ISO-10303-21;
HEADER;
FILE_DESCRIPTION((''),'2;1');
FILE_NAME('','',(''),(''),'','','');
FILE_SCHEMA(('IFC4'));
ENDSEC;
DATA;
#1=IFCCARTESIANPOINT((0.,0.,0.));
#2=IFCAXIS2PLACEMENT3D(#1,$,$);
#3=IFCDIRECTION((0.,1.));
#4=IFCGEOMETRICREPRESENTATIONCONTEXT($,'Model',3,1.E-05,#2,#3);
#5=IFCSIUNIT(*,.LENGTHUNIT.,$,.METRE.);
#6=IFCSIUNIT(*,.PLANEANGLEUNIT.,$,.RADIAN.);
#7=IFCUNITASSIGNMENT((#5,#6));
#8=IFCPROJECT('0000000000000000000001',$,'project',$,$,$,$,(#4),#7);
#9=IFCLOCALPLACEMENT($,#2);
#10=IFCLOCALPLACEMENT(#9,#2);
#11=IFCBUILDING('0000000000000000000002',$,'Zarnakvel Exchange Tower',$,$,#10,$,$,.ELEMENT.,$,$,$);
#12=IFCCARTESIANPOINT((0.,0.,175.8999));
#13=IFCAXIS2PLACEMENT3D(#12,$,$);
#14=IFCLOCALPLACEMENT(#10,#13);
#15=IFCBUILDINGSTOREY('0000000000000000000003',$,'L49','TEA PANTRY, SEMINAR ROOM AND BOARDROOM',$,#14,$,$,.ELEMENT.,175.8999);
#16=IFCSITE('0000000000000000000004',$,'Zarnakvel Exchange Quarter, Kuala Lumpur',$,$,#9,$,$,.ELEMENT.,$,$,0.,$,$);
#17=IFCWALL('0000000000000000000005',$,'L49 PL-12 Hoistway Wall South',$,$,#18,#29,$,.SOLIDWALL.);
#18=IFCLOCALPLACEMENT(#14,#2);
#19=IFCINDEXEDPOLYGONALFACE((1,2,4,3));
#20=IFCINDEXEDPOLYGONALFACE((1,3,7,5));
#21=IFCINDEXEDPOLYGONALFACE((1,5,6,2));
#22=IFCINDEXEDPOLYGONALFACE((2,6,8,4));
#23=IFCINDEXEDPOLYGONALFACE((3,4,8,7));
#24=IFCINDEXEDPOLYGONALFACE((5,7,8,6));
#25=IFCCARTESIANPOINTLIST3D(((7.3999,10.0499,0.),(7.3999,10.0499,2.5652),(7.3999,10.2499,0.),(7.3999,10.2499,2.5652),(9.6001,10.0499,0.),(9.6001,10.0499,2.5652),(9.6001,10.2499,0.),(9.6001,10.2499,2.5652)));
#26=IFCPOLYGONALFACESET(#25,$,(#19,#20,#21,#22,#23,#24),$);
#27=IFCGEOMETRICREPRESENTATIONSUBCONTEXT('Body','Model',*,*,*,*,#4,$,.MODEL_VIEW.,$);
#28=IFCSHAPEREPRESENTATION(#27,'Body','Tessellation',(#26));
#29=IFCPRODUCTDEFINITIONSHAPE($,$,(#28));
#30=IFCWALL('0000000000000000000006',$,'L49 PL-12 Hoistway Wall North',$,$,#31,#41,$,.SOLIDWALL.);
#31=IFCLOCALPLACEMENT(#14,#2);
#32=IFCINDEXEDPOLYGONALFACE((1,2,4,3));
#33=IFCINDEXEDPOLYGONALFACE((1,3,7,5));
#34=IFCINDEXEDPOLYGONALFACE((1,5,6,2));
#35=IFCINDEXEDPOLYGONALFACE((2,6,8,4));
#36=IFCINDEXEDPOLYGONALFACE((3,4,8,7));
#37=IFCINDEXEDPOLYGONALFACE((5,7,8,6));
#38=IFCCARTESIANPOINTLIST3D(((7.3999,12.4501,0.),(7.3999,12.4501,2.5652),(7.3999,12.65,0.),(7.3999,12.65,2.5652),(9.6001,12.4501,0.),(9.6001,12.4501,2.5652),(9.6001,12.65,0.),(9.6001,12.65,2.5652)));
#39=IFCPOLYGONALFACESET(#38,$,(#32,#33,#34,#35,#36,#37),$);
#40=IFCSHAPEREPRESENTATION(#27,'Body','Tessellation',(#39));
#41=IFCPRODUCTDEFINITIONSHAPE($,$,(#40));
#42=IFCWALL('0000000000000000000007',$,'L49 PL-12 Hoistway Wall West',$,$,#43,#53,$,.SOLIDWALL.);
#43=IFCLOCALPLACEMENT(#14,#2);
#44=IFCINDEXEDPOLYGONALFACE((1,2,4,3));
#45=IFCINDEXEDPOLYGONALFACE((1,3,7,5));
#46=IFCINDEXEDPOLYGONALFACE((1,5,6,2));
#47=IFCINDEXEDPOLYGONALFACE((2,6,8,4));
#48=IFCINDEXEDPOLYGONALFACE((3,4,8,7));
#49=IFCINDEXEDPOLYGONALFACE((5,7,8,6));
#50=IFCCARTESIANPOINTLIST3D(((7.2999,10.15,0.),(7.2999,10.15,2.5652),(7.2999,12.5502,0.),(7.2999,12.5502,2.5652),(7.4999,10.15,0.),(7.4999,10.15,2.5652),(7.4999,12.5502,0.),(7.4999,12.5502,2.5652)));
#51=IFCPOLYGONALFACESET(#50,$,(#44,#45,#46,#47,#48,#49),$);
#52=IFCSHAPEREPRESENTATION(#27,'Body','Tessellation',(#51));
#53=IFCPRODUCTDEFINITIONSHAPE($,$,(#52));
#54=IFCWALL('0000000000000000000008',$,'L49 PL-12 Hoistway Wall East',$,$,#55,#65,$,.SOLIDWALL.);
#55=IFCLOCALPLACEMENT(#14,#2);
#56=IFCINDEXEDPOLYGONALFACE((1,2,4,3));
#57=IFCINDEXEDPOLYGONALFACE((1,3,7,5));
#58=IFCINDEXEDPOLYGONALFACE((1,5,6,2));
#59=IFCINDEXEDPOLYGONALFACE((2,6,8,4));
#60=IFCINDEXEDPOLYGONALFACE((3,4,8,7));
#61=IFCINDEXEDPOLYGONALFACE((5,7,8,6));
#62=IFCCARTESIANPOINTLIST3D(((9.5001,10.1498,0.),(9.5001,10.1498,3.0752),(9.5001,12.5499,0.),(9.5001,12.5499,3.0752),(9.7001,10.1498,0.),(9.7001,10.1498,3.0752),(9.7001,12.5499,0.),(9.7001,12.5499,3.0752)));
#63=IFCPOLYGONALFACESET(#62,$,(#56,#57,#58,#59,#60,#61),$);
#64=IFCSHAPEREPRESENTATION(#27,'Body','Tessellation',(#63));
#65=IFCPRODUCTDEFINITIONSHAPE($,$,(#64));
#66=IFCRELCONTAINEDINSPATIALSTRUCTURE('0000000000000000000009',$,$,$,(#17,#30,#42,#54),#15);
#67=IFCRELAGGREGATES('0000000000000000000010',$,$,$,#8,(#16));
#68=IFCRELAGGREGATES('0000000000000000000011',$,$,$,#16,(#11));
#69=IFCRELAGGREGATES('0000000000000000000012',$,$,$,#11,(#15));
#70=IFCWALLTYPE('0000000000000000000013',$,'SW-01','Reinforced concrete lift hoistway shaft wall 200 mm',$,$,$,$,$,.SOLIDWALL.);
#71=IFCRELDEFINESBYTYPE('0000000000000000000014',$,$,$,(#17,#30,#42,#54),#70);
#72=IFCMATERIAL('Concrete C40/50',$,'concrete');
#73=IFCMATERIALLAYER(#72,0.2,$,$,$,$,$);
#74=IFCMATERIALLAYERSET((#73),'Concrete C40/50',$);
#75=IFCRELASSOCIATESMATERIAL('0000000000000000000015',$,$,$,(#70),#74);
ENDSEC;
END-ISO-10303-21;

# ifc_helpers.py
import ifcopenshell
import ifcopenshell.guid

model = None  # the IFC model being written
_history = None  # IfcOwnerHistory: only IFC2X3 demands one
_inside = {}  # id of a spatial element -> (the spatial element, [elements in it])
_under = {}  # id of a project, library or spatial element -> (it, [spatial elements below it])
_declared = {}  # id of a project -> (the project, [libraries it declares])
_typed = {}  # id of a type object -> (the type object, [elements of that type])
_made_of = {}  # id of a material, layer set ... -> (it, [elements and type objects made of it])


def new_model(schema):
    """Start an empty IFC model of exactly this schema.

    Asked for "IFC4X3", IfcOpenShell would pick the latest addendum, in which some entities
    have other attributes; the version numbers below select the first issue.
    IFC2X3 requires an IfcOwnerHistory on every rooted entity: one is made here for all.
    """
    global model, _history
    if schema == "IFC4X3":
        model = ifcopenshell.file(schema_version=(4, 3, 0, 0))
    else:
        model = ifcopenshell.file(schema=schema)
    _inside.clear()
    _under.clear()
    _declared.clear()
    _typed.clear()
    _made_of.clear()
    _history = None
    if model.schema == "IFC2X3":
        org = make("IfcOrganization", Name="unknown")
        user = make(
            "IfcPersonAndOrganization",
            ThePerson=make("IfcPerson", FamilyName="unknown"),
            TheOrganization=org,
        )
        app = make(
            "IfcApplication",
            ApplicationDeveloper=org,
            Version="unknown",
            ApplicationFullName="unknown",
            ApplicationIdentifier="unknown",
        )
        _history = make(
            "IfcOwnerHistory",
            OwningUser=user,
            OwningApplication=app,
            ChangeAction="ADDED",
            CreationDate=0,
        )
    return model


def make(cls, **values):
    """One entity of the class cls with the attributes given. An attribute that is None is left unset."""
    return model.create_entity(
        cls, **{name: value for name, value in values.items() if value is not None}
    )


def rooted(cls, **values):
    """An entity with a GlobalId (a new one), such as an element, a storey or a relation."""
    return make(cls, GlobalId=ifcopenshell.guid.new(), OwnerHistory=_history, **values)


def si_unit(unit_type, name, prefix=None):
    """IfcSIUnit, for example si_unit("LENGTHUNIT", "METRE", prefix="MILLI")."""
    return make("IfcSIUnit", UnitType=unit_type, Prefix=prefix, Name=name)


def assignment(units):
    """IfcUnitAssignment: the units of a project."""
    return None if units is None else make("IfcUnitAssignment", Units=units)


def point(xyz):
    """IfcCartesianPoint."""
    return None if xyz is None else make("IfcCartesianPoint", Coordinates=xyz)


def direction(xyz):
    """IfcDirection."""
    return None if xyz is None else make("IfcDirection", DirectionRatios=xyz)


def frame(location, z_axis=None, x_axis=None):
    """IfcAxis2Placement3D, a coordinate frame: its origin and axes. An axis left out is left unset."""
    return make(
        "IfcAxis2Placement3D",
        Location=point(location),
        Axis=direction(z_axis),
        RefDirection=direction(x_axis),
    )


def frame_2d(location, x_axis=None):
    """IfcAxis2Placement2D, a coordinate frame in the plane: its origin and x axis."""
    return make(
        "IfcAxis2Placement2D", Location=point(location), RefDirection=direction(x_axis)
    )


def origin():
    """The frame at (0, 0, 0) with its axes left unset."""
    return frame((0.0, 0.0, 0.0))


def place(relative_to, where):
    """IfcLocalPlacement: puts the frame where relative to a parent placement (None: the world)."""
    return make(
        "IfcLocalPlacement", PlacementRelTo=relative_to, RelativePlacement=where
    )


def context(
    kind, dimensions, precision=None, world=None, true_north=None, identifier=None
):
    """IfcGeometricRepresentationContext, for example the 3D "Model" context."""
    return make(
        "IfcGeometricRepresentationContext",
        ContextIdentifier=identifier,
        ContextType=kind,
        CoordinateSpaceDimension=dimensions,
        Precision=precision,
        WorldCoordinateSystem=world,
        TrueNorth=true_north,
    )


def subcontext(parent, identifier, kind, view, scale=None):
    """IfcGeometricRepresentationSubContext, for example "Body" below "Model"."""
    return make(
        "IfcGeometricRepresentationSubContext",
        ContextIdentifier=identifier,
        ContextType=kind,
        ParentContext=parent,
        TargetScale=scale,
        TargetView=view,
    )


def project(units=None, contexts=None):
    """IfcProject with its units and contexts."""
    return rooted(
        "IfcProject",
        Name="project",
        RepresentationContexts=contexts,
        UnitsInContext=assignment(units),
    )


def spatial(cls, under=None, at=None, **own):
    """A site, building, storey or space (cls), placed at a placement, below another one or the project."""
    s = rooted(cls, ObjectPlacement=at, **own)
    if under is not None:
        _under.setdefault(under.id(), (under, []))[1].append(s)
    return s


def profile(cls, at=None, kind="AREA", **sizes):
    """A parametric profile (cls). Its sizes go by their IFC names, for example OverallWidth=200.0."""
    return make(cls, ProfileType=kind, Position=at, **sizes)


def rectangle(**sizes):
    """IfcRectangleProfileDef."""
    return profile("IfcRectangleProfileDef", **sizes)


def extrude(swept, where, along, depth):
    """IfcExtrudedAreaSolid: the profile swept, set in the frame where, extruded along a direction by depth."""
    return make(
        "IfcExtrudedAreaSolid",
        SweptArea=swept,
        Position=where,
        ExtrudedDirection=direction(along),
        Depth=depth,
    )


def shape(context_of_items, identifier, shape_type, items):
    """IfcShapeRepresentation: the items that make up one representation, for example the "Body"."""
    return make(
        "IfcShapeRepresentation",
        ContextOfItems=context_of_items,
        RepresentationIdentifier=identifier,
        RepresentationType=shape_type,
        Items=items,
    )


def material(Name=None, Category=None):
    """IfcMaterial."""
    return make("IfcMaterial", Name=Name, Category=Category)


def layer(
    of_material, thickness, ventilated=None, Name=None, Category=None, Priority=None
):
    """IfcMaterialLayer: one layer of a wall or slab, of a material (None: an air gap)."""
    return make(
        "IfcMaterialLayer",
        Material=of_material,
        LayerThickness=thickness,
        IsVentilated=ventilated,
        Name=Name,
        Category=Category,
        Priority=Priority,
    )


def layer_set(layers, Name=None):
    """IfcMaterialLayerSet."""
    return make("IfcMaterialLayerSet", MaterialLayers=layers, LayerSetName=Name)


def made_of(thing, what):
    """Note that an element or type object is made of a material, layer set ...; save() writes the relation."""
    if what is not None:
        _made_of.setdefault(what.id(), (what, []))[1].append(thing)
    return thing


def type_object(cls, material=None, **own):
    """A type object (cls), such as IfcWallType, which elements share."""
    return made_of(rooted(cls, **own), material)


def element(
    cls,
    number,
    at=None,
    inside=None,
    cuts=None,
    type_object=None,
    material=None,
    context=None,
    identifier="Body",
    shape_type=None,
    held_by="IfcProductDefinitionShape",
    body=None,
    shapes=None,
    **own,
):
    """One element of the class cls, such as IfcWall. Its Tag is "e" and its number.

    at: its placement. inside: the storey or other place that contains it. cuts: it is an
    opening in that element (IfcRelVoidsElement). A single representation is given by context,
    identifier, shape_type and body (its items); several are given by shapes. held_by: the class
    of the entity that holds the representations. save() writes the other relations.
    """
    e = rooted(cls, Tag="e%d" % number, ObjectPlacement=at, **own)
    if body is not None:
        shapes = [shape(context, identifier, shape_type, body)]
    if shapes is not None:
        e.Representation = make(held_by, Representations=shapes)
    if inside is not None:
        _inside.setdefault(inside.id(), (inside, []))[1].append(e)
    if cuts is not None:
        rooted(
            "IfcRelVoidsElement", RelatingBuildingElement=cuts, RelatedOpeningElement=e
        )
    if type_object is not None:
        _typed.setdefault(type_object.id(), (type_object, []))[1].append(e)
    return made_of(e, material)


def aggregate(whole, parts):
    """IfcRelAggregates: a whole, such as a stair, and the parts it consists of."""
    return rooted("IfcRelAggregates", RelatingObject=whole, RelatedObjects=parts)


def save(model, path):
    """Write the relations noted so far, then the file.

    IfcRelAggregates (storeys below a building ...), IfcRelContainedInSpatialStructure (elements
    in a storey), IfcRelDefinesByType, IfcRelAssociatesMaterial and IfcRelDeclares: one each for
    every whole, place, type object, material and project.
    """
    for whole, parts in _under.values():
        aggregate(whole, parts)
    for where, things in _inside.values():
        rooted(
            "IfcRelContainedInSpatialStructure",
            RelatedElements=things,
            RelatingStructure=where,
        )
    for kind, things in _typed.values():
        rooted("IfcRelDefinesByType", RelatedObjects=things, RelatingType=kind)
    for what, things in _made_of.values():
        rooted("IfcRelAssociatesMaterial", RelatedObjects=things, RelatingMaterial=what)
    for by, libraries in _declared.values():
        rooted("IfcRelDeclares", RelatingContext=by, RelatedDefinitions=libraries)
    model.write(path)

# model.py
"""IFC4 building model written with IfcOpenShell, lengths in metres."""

from ifc_helpers import new_model, si_unit, direction, frame, frame_2d, origin, place, context, subcontext, project, spatial, rectangle, extrude, material, layer, layer_set, type_object, element, save


model = new_model("IFC4")

# Units and contexts
model_context = context("Model", 3, precision=1e-05, world=origin(), true_north=direction((0.0, 1.0)))
body_context = subcontext(model_context, "Body", "Model", "MODEL_VIEW")
ifc_project = project(units=[si_unit("LENGTHUNIT", "METRE"), si_unit("PLANEANGLEUNIT", "RADIAN")], contexts=[model_context])

# Site, building, storey
site_placement = place(None, origin())
site = spatial("IfcSite", under=ifc_project, at=site_placement, Name="Zarnakvel Exchange Quarter, Kuala Lumpur", CompositionType="ELEMENT", RefElevation=0.0)
building_placement = place(site_placement, origin())
building = spatial("IfcBuilding", under=site, at=building_placement, Name="Zarnakvel Exchange Tower", CompositionType="ELEMENT")
storey_placement = place(building_placement, frame((0.0, 0.0, 175.8999)))
storey = spatial("IfcBuildingStorey", under=building, at=storey_placement, Name="L49", Description="TEA PANTRY, SEMINAR ROOM AND BOARDROOM", CompositionType="ELEMENT", Elevation=175.8999)

# Walls
ifc_material_1 = material(Name="Concrete C40/50", Category="concrete")
ifc_layer_1 = layer(ifc_material_1, 0.2)
ifc_layer_set_1 = layer_set([ifc_layer_1], Name="Concrete C40/50")
wall_type_1 = type_object("IfcWallType", Name="SW-01", Description="Reinforced concrete lift hoistway shaft wall 200 mm", PredefinedType="SOLIDWALL", material=ifc_layer_set_1)
for number, where, z_axis, x_axis, name in (
    (1, (9.6001, 10.1499, 0.0), (0.0, 0.0, 1.0), (-1.0, 0.0, 0.0), "L49 PL-12 Hoistway Wall South"),
    (2, (7.3999, 12.55, 0.0), (0.0, 0.0, 1.0), (1.0, 0.0, 0.0), "L49 PL-12 Hoistway Wall North"),
):
    element("IfcWall", number, at=place(storey_placement, frame(where, z_axis=z_axis, x_axis=x_axis)), inside=storey, type_object=wall_type_1, Name=name, PredefinedType="SOLIDWALL", context=body_context, shape_type="SweptSolid", body=[
        extrude(rectangle(XDim=2.2002, YDim=0.2, at=frame_2d((1.1001, 0.0))), origin(), (0.0, 0.0, 1.0), 2.5652),
    ])
wall_1_placement = place(storey_placement, frame((7.3999, 10.1499, 0.0), z_axis=(0.0, 0.0, 1.0), x_axis=(0.0, 1.0, 0.0)))
element("IfcWall", 3, at=wall_1_placement, inside=storey, type_object=wall_type_1, Name="L49 PL-12 Hoistway Wall West", PredefinedType="SOLIDWALL", context=body_context, shape_type="SweptSolid", body=[
    extrude(rectangle(XDim=2.4001, YDim=0.2, at=frame_2d((1.2002, 0.0))), origin(), (0.0, 0.0, 1.0), 2.5652),
])
wall_2_placement = place(storey_placement, frame((9.6001, 12.55, 0.0), z_axis=(0.0, 0.0, 1.0), x_axis=(0.0, -1.0, 0.0)))
element("IfcWall", 4, at=wall_2_placement, inside=storey, type_object=wall_type_1, Name="L49 PL-12 Hoistway Wall East", PredefinedType="SOLIDWALL", context=body_context, shape_type="SweptSolid", body=[
    extrude(rectangle(XDim=2.4001, YDim=0.2, at=frame_2d((1.2002, 0.0))), origin(), (0.0, 0.0, 1.0), 3.0752),
])

save(model, "model.ifc")
